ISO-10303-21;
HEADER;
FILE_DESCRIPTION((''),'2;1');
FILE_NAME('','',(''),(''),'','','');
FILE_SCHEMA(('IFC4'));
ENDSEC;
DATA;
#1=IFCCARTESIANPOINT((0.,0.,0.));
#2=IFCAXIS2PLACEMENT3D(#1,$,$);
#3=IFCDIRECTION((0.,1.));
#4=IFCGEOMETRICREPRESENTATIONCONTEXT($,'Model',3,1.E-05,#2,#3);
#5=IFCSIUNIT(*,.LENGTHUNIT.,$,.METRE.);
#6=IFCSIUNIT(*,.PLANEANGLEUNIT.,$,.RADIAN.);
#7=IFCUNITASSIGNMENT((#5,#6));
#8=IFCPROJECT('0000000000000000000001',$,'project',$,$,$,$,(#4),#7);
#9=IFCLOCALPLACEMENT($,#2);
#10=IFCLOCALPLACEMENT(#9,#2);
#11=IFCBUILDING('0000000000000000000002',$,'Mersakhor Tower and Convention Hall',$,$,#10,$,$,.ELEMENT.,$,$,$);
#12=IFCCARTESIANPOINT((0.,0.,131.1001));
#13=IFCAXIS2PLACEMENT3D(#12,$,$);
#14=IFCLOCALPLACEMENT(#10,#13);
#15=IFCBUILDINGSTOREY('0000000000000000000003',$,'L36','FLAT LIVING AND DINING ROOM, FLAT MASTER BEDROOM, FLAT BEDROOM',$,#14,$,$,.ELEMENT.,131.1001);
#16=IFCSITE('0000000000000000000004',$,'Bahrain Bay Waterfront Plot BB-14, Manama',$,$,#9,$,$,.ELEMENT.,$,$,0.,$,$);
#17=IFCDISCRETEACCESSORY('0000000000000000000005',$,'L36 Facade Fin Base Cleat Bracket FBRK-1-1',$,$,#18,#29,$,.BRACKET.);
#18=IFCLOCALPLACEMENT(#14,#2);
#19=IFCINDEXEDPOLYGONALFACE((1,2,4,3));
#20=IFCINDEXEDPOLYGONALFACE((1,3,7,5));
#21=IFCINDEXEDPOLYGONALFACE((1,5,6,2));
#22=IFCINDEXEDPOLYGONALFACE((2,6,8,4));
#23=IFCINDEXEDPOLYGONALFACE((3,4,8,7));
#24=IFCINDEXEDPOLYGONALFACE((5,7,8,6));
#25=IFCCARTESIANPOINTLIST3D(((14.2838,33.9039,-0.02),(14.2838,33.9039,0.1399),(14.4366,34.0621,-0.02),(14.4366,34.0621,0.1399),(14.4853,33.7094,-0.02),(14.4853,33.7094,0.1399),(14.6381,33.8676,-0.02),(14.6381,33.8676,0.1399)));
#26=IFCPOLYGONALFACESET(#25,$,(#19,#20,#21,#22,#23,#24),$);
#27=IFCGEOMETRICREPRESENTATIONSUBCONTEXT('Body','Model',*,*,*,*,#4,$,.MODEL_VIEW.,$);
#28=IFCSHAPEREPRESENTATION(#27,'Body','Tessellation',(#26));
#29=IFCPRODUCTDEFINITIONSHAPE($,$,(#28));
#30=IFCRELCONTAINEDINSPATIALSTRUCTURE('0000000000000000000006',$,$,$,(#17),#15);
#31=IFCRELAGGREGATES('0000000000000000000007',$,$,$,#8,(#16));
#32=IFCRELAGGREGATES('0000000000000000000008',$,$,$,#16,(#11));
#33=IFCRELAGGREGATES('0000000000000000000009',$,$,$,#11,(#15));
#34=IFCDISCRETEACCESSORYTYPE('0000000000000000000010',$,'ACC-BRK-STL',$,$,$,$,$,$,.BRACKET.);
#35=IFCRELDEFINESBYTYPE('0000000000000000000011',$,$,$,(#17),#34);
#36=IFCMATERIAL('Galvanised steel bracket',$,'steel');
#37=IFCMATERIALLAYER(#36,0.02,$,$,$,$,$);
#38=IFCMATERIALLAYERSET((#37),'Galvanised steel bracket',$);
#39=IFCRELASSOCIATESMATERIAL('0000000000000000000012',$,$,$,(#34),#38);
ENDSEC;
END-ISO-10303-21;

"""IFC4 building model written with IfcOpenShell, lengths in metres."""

from ifc_helpers import new_model, si_unit, direction, frame, origin, origin_2d, place, context, subcontext, project, spatial, rectangle, extrude, material, layer, layer_set, type_object, element, save


model = new_model("IFC4")

# Units and contexts
model_context = context("Model", 3, precision=1e-05, world=origin(), true_north=direction((0.0, 1.0)))
body_context = subcontext(model_context, "Body", "Model", "MODEL_VIEW")
ifc_project = project(units=[si_unit("LENGTHUNIT", "METRE"), si_unit("PLANEANGLEUNIT", "RADIAN")], contexts=[model_context])

# Site, building, storey
site_placement = place(None, origin())
site = spatial("IfcSite", under=ifc_project, at=site_placement, Name="Bahrain Bay Waterfront Plot BB-14, Manama", CompositionType="ELEMENT", RefElevation=0.0)
building_placement = place(site_placement, origin())
building = spatial("IfcBuilding", under=site, at=building_placement, Name="Mersakhor Tower and Convention Hall", CompositionType="ELEMENT")
storey_placement = place(building_placement, frame((0.0, 0.0, 131.1001)))
storey = spatial("IfcBuildingStorey", under=building, at=storey_placement, Name="L36", Description="FLAT LIVING AND DINING ROOM, FLAT MASTER BEDROOM, FLAT BEDROOM", CompositionType="ELEMENT", Elevation=131.1001)

# Discrete accessory
ifc_material_1 = material(Name="Galvanised steel bracket", Category="steel")
ifc_layer_1 = layer(ifc_material_1, 0.02)
ifc_layer_set_1 = layer_set([ifc_layer_1], Name="Galvanised steel bracket")
discrete_accessory_type = type_object("IfcDiscreteAccessoryType", Name="ACC-BRK-STL", PredefinedType="BRACKET", material=ifc_layer_set_1)
discrete_accessory_placement = place(storey_placement, frame((14.4609, 33.8857, -0.02), z_axis=(0.0, 0.0, 1.0), x_axis=(-0.71934, 0.694658, 0.0)))
element("IfcDiscreteAccessory", 1, at=discrete_accessory_placement, inside=storey, type_object=discrete_accessory_type, Name="L36 Facade Fin Base Cleat Bracket FBRK-1-1", PredefinedType="BRACKET", context=body_context, shape_type="SweptSolid", body=[
    extrude(rectangle(XDim=0.28, YDim=0.22, at=origin_2d()), origin(), (0.0, 0.0, 1.0), 0.1599),
])

save(model, "model.ifc")
